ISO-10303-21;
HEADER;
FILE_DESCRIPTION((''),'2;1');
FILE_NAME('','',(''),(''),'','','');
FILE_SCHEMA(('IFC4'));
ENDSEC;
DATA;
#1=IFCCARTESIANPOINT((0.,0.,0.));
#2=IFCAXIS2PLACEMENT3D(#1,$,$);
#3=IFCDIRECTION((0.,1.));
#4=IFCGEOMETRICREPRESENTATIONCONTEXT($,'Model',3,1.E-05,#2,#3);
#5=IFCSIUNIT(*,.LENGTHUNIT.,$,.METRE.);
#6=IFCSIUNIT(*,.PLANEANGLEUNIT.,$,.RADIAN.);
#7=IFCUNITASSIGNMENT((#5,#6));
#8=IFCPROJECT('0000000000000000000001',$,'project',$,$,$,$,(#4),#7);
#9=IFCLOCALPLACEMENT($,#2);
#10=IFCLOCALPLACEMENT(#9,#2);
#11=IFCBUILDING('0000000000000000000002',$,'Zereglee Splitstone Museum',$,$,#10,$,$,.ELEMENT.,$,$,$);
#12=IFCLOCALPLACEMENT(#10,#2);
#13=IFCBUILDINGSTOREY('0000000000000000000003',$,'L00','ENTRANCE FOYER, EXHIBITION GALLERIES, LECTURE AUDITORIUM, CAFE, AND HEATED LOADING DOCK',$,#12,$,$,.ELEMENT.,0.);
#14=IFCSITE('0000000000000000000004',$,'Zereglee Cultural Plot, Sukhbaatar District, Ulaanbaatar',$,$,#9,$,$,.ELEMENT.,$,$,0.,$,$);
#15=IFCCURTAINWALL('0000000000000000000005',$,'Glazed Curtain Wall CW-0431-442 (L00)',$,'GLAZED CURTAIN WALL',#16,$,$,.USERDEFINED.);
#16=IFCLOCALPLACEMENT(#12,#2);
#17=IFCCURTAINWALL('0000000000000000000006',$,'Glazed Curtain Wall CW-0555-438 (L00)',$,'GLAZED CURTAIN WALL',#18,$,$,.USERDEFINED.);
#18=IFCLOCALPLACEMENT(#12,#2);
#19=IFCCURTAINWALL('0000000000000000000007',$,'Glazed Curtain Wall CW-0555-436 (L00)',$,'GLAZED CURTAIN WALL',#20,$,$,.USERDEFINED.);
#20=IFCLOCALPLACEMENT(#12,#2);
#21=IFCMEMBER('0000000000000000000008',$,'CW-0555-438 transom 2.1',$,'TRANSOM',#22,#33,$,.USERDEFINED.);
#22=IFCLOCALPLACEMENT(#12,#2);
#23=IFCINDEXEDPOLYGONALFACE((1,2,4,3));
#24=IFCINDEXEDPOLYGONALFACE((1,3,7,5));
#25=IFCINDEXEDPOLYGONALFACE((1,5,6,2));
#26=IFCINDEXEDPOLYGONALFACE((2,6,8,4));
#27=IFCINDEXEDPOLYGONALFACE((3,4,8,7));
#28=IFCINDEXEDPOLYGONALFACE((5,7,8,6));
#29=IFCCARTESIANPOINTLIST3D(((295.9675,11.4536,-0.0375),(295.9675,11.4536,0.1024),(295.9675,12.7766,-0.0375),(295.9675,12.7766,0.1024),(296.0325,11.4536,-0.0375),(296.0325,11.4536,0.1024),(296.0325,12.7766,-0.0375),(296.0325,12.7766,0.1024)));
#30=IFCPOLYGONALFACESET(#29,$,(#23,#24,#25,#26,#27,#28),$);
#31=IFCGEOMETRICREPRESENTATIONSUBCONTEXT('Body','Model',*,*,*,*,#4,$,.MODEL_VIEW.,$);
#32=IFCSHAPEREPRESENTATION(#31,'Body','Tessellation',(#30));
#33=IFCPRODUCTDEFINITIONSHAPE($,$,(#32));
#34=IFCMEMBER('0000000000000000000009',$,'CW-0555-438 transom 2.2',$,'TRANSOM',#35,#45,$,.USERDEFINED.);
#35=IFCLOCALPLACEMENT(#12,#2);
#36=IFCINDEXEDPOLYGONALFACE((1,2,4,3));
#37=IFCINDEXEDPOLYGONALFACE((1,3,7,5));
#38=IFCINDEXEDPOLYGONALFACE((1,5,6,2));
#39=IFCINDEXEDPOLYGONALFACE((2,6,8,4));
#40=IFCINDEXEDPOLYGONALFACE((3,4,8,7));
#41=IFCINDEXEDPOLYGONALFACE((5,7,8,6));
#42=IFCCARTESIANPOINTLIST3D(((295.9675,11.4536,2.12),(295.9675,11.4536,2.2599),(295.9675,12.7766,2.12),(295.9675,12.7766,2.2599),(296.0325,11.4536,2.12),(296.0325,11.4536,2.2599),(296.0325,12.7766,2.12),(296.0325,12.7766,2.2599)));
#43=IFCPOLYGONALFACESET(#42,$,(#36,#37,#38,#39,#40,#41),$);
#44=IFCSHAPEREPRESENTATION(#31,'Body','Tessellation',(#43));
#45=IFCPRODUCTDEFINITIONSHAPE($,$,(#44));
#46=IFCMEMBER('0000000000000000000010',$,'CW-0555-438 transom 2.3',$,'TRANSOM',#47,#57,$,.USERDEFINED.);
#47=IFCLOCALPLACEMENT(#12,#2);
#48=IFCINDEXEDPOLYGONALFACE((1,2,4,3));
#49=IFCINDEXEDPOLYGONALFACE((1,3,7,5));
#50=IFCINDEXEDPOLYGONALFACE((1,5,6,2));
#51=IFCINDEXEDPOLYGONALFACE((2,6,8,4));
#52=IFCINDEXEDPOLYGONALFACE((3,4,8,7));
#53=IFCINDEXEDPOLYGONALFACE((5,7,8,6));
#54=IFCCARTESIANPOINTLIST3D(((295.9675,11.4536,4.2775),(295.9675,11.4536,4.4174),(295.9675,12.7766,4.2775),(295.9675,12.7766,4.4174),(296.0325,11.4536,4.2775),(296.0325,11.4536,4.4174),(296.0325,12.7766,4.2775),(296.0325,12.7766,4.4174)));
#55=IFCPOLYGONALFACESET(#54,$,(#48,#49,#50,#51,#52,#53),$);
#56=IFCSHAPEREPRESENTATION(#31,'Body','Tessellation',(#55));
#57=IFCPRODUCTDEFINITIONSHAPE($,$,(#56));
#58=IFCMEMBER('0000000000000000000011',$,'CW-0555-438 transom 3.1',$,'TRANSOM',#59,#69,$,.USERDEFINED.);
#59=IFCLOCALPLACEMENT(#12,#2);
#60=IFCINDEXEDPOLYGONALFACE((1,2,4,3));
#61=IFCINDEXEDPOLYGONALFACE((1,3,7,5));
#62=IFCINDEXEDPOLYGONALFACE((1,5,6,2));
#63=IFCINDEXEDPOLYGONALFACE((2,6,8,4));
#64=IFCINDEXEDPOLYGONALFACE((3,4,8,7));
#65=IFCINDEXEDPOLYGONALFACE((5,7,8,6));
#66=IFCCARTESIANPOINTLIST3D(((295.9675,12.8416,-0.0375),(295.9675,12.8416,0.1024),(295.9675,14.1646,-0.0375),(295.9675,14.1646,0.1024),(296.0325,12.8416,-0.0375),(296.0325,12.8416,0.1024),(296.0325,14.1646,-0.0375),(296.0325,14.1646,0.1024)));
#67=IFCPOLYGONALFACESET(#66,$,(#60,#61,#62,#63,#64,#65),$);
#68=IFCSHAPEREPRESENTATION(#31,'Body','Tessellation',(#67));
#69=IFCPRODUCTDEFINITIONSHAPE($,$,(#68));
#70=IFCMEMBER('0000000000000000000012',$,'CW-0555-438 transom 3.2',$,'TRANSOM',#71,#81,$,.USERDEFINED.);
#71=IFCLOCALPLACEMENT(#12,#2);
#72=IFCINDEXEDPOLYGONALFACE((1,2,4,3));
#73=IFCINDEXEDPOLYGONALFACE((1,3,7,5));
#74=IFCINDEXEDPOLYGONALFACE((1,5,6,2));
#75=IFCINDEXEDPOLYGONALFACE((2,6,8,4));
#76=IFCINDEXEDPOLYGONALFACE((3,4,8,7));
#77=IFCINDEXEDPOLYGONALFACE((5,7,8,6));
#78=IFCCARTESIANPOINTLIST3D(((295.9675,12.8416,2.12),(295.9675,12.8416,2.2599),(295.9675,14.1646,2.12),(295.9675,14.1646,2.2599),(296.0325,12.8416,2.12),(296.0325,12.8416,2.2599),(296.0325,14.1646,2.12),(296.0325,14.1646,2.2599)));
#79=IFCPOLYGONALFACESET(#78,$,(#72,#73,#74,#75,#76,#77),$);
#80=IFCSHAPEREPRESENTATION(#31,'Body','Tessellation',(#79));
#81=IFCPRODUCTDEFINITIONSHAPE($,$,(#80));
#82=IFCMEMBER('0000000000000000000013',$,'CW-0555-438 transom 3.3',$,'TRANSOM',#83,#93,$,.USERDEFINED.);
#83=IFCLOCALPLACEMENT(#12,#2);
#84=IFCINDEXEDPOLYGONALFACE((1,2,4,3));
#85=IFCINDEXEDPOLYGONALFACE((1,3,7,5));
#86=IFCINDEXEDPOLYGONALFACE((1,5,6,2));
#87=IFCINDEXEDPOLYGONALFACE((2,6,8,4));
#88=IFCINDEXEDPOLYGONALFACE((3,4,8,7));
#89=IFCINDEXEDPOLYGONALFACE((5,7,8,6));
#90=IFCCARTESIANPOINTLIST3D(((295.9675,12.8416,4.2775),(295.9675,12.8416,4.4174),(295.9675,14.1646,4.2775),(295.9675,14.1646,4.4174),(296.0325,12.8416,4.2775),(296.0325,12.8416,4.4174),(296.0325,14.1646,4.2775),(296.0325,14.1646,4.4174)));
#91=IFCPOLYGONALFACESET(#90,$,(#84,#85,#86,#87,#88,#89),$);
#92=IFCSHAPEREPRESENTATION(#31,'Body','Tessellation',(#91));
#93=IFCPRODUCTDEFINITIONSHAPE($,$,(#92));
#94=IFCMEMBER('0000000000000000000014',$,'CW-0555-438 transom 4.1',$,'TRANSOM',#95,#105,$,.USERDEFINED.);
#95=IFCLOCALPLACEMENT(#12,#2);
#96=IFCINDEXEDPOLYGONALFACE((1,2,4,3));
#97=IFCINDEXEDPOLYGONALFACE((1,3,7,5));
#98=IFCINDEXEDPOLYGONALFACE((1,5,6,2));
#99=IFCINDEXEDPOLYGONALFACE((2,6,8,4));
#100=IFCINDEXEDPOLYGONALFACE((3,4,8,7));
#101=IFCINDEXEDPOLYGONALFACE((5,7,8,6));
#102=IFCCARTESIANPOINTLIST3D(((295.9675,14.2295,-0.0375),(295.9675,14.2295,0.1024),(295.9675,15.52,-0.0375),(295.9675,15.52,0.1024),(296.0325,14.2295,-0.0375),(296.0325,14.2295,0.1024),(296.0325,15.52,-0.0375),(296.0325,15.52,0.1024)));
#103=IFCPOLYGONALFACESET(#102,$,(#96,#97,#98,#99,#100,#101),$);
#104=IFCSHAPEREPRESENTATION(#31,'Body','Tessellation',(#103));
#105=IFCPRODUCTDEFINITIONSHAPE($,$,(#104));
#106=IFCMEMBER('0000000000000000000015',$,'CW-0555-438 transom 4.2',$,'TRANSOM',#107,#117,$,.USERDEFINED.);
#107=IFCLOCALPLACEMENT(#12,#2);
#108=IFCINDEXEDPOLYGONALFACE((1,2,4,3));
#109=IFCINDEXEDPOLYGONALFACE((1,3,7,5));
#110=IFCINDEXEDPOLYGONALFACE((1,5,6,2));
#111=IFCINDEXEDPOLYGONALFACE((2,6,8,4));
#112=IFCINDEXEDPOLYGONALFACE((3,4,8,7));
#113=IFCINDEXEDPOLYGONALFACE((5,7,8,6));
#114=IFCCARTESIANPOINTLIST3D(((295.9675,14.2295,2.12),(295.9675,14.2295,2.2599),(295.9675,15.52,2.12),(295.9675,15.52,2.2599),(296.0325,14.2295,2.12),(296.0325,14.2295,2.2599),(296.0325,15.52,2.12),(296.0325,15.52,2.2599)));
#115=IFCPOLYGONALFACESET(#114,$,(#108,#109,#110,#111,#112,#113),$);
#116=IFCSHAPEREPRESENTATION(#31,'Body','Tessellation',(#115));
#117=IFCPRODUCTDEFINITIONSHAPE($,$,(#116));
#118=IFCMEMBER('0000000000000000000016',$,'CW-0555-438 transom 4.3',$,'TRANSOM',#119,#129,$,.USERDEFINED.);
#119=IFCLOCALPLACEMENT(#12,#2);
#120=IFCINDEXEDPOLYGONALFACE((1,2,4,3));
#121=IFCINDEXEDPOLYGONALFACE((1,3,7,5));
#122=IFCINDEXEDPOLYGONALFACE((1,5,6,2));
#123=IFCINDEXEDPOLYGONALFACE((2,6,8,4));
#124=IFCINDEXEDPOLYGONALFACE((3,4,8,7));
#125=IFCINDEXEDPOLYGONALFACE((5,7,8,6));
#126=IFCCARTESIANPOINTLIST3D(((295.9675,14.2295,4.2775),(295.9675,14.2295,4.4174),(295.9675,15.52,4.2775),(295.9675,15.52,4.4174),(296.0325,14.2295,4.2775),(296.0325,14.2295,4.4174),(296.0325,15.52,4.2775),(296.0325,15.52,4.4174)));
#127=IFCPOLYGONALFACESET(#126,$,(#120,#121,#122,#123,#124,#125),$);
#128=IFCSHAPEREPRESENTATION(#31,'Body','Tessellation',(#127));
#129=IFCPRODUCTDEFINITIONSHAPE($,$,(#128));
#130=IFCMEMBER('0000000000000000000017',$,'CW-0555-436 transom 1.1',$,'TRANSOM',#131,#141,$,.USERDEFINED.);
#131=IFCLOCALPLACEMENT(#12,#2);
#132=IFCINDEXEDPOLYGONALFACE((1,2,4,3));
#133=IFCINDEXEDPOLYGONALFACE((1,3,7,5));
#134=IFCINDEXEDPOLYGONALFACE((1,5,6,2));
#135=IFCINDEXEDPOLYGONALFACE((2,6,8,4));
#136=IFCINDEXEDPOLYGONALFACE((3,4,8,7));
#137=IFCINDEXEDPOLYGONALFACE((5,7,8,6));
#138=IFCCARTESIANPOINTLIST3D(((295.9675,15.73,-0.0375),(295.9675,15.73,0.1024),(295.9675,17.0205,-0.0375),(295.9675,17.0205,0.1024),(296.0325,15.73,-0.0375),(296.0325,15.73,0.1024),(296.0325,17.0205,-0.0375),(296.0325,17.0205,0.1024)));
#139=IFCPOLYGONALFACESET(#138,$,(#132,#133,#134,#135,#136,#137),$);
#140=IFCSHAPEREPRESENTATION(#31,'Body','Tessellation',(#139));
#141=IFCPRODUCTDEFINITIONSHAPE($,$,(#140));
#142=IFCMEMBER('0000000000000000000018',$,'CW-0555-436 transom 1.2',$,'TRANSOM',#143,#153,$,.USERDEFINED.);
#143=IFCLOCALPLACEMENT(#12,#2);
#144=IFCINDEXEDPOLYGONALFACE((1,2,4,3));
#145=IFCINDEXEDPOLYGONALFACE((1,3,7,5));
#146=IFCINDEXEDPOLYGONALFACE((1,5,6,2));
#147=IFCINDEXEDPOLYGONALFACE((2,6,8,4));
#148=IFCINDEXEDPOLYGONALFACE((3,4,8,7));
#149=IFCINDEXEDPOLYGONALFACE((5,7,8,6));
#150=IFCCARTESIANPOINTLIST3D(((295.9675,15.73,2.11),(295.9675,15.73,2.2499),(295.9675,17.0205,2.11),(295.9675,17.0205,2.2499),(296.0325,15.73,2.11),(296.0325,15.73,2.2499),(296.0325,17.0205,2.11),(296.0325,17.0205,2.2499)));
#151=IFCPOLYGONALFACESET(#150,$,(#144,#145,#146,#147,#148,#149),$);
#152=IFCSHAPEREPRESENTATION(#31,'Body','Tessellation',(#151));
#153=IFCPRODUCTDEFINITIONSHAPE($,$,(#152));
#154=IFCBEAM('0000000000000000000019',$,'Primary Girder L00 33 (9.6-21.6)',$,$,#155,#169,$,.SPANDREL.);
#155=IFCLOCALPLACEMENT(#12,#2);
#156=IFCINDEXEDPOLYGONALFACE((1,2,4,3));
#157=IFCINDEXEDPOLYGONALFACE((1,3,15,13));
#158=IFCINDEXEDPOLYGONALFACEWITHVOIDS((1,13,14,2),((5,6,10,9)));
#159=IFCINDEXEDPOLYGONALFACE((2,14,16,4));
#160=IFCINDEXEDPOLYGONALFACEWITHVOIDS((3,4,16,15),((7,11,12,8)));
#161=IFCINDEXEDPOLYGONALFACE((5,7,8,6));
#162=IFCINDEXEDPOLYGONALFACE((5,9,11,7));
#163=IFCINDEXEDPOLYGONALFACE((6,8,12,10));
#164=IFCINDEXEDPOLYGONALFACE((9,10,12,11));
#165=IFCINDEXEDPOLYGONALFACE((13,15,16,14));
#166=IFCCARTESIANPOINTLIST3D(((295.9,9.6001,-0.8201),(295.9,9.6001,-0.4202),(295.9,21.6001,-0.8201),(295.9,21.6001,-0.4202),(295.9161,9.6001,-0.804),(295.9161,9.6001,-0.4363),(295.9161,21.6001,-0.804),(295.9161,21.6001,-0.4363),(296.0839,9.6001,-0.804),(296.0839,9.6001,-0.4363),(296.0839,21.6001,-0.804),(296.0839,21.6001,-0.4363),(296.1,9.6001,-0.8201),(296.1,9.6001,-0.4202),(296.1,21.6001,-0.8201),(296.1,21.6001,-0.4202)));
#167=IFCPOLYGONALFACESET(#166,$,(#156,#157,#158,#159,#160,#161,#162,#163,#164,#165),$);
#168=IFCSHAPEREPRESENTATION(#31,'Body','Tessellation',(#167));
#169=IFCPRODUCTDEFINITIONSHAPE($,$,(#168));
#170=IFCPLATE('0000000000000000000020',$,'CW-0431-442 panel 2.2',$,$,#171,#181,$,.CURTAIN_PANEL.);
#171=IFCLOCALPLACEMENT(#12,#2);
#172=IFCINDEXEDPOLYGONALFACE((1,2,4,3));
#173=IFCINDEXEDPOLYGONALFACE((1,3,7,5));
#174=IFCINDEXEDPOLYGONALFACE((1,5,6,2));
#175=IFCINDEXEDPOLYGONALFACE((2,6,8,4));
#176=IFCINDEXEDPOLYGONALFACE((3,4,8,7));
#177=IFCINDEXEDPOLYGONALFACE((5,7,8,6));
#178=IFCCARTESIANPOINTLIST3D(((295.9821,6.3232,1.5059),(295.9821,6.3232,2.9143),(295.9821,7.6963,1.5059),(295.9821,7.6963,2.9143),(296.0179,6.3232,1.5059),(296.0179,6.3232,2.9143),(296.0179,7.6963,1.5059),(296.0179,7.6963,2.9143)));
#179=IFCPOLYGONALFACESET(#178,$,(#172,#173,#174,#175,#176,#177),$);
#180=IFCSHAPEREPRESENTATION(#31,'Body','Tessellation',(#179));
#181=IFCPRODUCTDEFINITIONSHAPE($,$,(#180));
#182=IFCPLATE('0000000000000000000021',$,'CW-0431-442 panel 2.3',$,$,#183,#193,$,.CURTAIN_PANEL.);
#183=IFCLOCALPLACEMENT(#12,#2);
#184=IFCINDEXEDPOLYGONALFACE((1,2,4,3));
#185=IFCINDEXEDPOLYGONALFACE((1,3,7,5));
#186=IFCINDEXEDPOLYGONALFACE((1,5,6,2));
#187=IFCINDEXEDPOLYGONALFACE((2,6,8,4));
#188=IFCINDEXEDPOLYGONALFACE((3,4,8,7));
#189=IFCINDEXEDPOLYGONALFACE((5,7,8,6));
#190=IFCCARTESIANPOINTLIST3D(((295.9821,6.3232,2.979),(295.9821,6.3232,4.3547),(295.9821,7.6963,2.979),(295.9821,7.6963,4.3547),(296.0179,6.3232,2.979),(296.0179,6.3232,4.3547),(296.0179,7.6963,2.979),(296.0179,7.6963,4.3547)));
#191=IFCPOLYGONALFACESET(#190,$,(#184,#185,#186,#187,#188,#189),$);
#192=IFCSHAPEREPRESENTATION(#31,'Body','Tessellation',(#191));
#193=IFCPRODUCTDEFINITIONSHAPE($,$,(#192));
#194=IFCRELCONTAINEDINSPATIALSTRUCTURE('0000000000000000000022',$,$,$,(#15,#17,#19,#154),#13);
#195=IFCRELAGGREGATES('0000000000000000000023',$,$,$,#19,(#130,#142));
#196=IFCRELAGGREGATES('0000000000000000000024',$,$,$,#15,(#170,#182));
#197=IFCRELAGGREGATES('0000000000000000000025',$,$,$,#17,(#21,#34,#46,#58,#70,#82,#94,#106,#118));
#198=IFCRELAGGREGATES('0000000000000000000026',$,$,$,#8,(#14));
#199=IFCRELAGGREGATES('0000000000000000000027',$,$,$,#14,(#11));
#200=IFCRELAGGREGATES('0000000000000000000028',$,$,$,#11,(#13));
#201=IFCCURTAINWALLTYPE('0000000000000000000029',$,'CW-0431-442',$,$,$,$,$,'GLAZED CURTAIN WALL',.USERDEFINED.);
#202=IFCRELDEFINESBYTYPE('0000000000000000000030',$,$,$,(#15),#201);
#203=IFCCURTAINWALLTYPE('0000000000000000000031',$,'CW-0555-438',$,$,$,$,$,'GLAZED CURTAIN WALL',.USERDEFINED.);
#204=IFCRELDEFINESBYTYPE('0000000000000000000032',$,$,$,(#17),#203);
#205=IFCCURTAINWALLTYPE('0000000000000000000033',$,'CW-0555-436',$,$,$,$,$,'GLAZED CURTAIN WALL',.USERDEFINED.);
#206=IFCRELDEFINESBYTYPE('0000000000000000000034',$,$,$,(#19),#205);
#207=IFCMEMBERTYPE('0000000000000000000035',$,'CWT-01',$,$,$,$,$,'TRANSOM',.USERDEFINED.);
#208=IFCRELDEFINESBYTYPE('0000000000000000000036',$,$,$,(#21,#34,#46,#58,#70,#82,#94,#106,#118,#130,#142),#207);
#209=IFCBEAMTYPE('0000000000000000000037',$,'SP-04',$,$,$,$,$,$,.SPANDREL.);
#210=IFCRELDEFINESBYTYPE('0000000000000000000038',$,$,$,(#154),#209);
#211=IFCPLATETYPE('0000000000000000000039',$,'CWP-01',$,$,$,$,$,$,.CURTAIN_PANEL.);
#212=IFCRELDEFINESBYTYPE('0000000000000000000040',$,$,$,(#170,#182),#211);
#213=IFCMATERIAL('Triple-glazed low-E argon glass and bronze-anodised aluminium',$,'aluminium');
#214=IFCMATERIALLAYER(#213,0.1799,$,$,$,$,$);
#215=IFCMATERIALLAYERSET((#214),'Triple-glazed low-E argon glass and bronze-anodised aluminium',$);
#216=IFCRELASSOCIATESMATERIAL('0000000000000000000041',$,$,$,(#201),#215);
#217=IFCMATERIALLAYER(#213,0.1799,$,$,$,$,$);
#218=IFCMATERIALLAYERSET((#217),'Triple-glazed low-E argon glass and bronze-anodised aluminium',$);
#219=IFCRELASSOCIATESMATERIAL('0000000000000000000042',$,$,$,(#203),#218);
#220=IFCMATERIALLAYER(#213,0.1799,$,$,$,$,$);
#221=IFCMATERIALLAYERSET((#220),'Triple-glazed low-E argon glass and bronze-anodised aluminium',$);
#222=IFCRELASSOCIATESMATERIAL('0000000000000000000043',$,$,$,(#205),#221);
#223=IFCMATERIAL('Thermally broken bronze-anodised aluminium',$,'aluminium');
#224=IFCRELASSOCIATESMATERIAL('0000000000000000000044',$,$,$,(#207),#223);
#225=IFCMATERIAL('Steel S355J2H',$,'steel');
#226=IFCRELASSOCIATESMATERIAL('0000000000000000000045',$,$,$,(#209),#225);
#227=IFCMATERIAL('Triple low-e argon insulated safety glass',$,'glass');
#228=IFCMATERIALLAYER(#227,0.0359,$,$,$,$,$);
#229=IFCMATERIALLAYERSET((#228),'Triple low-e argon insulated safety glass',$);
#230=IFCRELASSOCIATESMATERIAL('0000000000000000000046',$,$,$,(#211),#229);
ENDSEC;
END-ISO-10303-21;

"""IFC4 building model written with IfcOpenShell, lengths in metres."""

from ifc_helpers import new_model, si_unit, direction, frame, origin, origin_2d, place, context, subcontext, project, spatial, rectangle, hollow_rectangle, extrude, material, layer, layer_set, material_profile, profile_set, type_object, element, aggregate, save


model = new_model("IFC4")

# Units and contexts
model_context = context("Model", 3, precision=1e-05, world=origin(), true_north=direction((0.0, 1.0)))
body_context = subcontext(model_context, "Body", "Model", "MODEL_VIEW")
ifc_project = project(units=[si_unit("LENGTHUNIT", "METRE"), si_unit("PLANEANGLEUNIT", "RADIAN")], contexts=[model_context])

# Site, building, storey
site_placement = place(None, origin())
site = spatial("IfcSite", under=ifc_project, at=site_placement, Name="Zereglee Cultural Plot, Sukhbaatar District, Ulaanbaatar", CompositionType="ELEMENT", RefElevation=0.0)
building_placement = place(site_placement, origin())
building = spatial("IfcBuilding", under=site, at=building_placement, Name="Zereglee Splitstone Museum", CompositionType="ELEMENT")
storey_placement = place(building_placement, origin())
storey = spatial("IfcBuildingStorey", under=building, at=storey_placement, Name="L00", Description="ENTRANCE FOYER, EXHIBITION GALLERIES, LECTURE AUDITORIUM, CAFE, AND HEATED LOADING DOCK", CompositionType="ELEMENT", Elevation=0.0)

# Curtain walls
ifc_material_1 = material(Name="Triple-glazed low-E argon glass and bronze-anodised aluminium", Category="aluminium")
ifc_layer_1 = layer(ifc_material_1, 0.1799)
ifc_layer_set_1 = layer_set([ifc_layer_1], Name="Triple-glazed low-E argon glass and bronze-anodised aluminium")
curtain_wall_type_1 = type_object("IfcCurtainWallType", Name="CW-0431-442", ElementType="GLAZED CURTAIN WALL", PredefinedType="USERDEFINED", material=ifc_layer_set_1)
curtain_wall_1_placement = place(storey_placement, origin())
curtain_wall_1 = element("IfcCurtainWall", 1, at=curtain_wall_1_placement, inside=storey, type_object=curtain_wall_type_1, Name="Glazed Curtain Wall CW-0431-442 (L00)", ObjectType="GLAZED CURTAIN WALL", PredefinedType="USERDEFINED")
ifc_material_2 = material(Name="Thermally broken bronze-anodised aluminium", Category="aluminium")
ifc_layer_2 = layer(ifc_material_1, 0.1799)
ifc_layer_set_2 = layer_set([ifc_layer_2], Name="Triple-glazed low-E argon glass and bronze-anodised aluminium")
curtain_wall_type_2 = type_object("IfcCurtainWallType", Name="CW-0555-438", ElementType="GLAZED CURTAIN WALL", PredefinedType="USERDEFINED", material=ifc_layer_set_2)
curtain_wall_2_placement = place(storey_placement, origin())
curtain_wall_2 = element("IfcCurtainWall", 2, at=curtain_wall_2_placement, inside=storey, type_object=curtain_wall_type_2, Name="Glazed Curtain Wall CW-0555-438 (L00)", ObjectType="GLAZED CURTAIN WALL", PredefinedType="USERDEFINED")

# Curtain wall
ifc_layer_3 = layer(ifc_material_1, 0.1799)
ifc_layer_set_3 = layer_set([ifc_layer_3], Name="Triple-glazed low-E argon glass and bronze-anodised aluminium")
curtain_wall_type_3 = type_object("IfcCurtainWallType", Name="CW-0555-436", ElementType="GLAZED CURTAIN WALL", PredefinedType="USERDEFINED", material=ifc_layer_set_3)
curtain_wall_3_placement = place(storey_placement, origin())
curtain_wall_3 = element("IfcCurtainWall", 3, at=curtain_wall_3_placement, inside=storey, type_object=curtain_wall_type_3, Name="Glazed Curtain Wall CW-0555-436 (L00)", ObjectType="GLAZED CURTAIN WALL", PredefinedType="USERDEFINED")

# Members
ifc_material_profile_1 = material_profile(ifc_material_2, rectangle(XDim=0.0649, YDim=0.1399, at=origin_2d()), Name="CW TRAN 65x140")
ifc_profile_set_1 = profile_set([ifc_material_profile_1], Name="Thermally broken bronze-anodised aluminium")
member_type_1 = type_object("IfcMemberType", Name="CWT-01", ElementType="TRANSOM", PredefinedType="USERDEFINED", material=ifc_profile_set_1)
member_1_placement = place(storey_placement, frame((296.0, 11.4536, 0.0325), z_axis=(0.0, 1.0, 0.0), x_axis=(-1.0, 0.0, 0.0)))
member_1 = element("IfcMember", 4, at=member_1_placement, type_object=member_type_1, Name="CW-0555-438 transom 2.1", ObjectType="TRANSOM", PredefinedType="USERDEFINED", context=body_context, shape_type="SweptSolid", body=[
    extrude(rectangle(XDim=0.0649, YDim=0.1399, at=origin_2d()), origin(), (0.0, 0.0, 1.0), 1.323),
])
member_2_placement = place(storey_placement, frame((296.0, 11.4536, 2.1899), z_axis=(0.0, 1.0, 0.0), x_axis=(-1.0, 0.0, 0.0)))
member_2 = element("IfcMember", 5, at=member_2_placement, type_object=member_type_1, Name="CW-0555-438 transom 2.2", ObjectType="TRANSOM", PredefinedType="USERDEFINED", context=body_context, shape_type="SweptSolid", body=[
    extrude(rectangle(XDim=0.0649, YDim=0.1399, at=origin_2d()), origin(), (0.0, 0.0, 1.0), 1.323),
])
member_3_placement = place(storey_placement, frame((296.0, 11.4536, 4.3474), z_axis=(0.0, 1.0, 0.0), x_axis=(-1.0, 0.0, 0.0)))
member_3 = element("IfcMember", 6, at=member_3_placement, type_object=member_type_1, Name="CW-0555-438 transom 2.3", ObjectType="TRANSOM", PredefinedType="USERDEFINED", context=body_context, shape_type="SweptSolid", body=[
    extrude(rectangle(XDim=0.0649, YDim=0.1399, at=origin_2d()), origin(), (0.0, 0.0, 1.0), 1.323),
])
member_4_placement = place(storey_placement, frame((296.0, 12.8416, 0.0325), z_axis=(0.0, 1.0, 0.0), x_axis=(-1.0, 0.0, 0.0)))
member_4 = element("IfcMember", 7, at=member_4_placement, type_object=member_type_1, Name="CW-0555-438 transom 3.1", ObjectType="TRANSOM", PredefinedType="USERDEFINED", context=body_context, shape_type="SweptSolid", body=[
    extrude(rectangle(XDim=0.0649, YDim=0.1399, at=origin_2d()), origin(), (0.0, 0.0, 1.0), 1.323),
])
member_5_placement = place(storey_placement, frame((296.0, 12.8416, 2.1899), z_axis=(0.0, 1.0, 0.0), x_axis=(-1.0, 0.0, 0.0)))
member_5 = element("IfcMember", 8, at=member_5_placement, type_object=member_type_1, Name="CW-0555-438 transom 3.2", ObjectType="TRANSOM", PredefinedType="USERDEFINED", context=body_context, shape_type="SweptSolid", body=[
    extrude(rectangle(XDim=0.0649, YDim=0.1399, at=origin_2d()), origin(), (0.0, 0.0, 1.0), 1.323),
])
member_6_placement = place(storey_placement, frame((296.0, 12.8416, 4.3474), z_axis=(0.0, 1.0, 0.0), x_axis=(-1.0, 0.0, 0.0)))
member_6 = element("IfcMember", 9, at=member_6_placement, type_object=member_type_1, Name="CW-0555-438 transom 3.3", ObjectType="TRANSOM", PredefinedType="USERDEFINED", context=body_context, shape_type="SweptSolid", body=[
    extrude(rectangle(XDim=0.0649, YDim=0.1399, at=origin_2d()), origin(), (0.0, 0.0, 1.0), 1.323),
])
member_7_placement = place(storey_placement, frame((296.0, 14.2295, 0.0325), z_axis=(0.0, 1.0, 0.0), x_axis=(-1.0, 0.0, 0.0)))
member_7 = element("IfcMember", 10, at=member_7_placement, type_object=member_type_1, Name="CW-0555-438 transom 4.1", ObjectType="TRANSOM", PredefinedType="USERDEFINED", context=body_context, shape_type="SweptSolid", body=[
    extrude(rectangle(XDim=0.0649, YDim=0.1399, at=origin_2d()), origin(), (0.0, 0.0, 1.0), 1.2905),
])
member_8_placement = place(storey_placement, frame((296.0, 14.2295, 2.1899), z_axis=(0.0, 1.0, 0.0), x_axis=(-1.0, 0.0, 0.0)))
member_8 = element("IfcMember", 11, at=member_8_placement, type_object=member_type_1, Name="CW-0555-438 transom 4.2", ObjectType="TRANSOM", PredefinedType="USERDEFINED", context=body_context, shape_type="SweptSolid", body=[
    extrude(rectangle(XDim=0.0649, YDim=0.1399, at=origin_2d()), origin(), (0.0, 0.0, 1.0), 1.2905),
])
member_9_placement = place(storey_placement, frame((296.0, 14.2295, 4.3474), z_axis=(0.0, 1.0, 0.0), x_axis=(-1.0, 0.0, 0.0)))
member_9 = element("IfcMember", 12, at=member_9_placement, type_object=member_type_1, Name="CW-0555-438 transom 4.3", ObjectType="TRANSOM", PredefinedType="USERDEFINED", context=body_context, shape_type="SweptSolid", body=[
    extrude(rectangle(XDim=0.0649, YDim=0.1399, at=origin_2d()), origin(), (0.0, 0.0, 1.0), 1.2905),
])
member_10_placement = place(storey_placement, frame((296.0, 15.73, 0.0325), z_axis=(0.0, 1.0, 0.0), x_axis=(-1.0, 0.0, 0.0)))
member_10 = element("IfcMember", 13, at=member_10_placement, type_object=member_type_1, Name="CW-0555-436 transom 1.1", ObjectType="TRANSOM", PredefinedType="USERDEFINED", context=body_context, shape_type="SweptSolid", body=[
    extrude(rectangle(XDim=0.0649, YDim=0.1399, at=origin_2d()), origin(), (0.0, 0.0, 1.0), 1.2905),
])
member_11_placement = place(storey_placement, frame((296.0, 15.73, 2.1799), z_axis=(0.0, 1.0, 0.0), x_axis=(-1.0, 0.0, 0.0)))
member_11 = element("IfcMember", 14, at=member_11_placement, type_object=member_type_1, Name="CW-0555-436 transom 1.2", ObjectType="TRANSOM", PredefinedType="USERDEFINED", context=body_context, shape_type="SweptSolid", body=[
    extrude(rectangle(XDim=0.0649, YDim=0.1399, at=origin_2d()), origin(), (0.0, 0.0, 1.0), 1.2905),
])
aggregate(curtain_wall_3, [member_10, member_11])

# Beam
ifc_material_3 = material(Name="Steel S355J2H", Category="steel")
ifc_material_profile_2 = material_profile(ifc_material_3, hollow_rectangle(XDim=0.2, YDim=0.3999, WallThickness=0.0161, at=origin_2d()), Name="RHS 400x200x16")
ifc_profile_set_2 = profile_set([ifc_material_profile_2], Name="Steel S355J2H")
beam_type = type_object("IfcBeamType", Name="SP-04", PredefinedType="SPANDREL", material=ifc_profile_set_2)
beam_placement = place(storey_placement, frame((296.0, 9.6001, -0.6201), z_axis=(0.0, 1.0, 0.0), x_axis=(-1.0, 0.0, 0.0)))
element("IfcBeam", 15, at=beam_placement, inside=storey, type_object=beam_type, Name="Primary Girder L00 33 (9.6-21.6)", PredefinedType="SPANDREL", context=body_context, shape_type="SweptSolid", body=[
    extrude(hollow_rectangle(XDim=0.2, YDim=0.3999, WallThickness=0.0161, at=origin_2d()), origin(), (0.0, 0.0, 1.0), 12.0),
])

# Plates
ifc_material_4 = material(Name="Triple low-e argon insulated safety glass", Category="glass")
ifc_layer_4 = layer(ifc_material_4, 0.0359)
ifc_layer_set_4 = layer_set([ifc_layer_4], Name="Triple low-e argon insulated safety glass")
plate_type = type_object("IfcPlateType", Name="CWP-01", PredefinedType="CURTAIN_PANEL", material=ifc_layer_set_4)
plate_1_placement = place(storey_placement, frame((296.0, 7.0098, 1.5059), z_axis=(0.0, 0.0, 1.0), x_axis=(0.0, 1.0, 0.0)))
plate_1 = element("IfcPlate", 16, at=plate_1_placement, type_object=plate_type, Name="CW-0431-442 panel 2.2", PredefinedType="CURTAIN_PANEL", context=body_context, shape_type="SweptSolid", body=[
    extrude(rectangle(XDim=1.373, YDim=0.0359, at=origin_2d()), origin(), (0.0, 0.0, 1.0), 1.4084),
])
plate_2_placement = place(storey_placement, frame((296.0, 7.0098, 2.979), z_axis=(0.0, 0.0, 1.0), x_axis=(0.0, 1.0, 0.0)))
plate_2 = element("IfcPlate", 17, at=plate_2_placement, type_object=plate_type, Name="CW-0431-442 panel 2.3", PredefinedType="CURTAIN_PANEL", context=body_context, shape_type="SweptSolid", body=[
    extrude(rectangle(XDim=1.373, YDim=0.0359, at=origin_2d()), origin(), (0.0, 0.0, 1.0), 1.3757),
])
aggregate(curtain_wall_1, [plate_1, plate_2])
aggregate(curtain_wall_2, [member_1, member_2, member_3, member_4, member_5, member_6, member_7, member_8, member_9])

save(model, "model.ifc")
